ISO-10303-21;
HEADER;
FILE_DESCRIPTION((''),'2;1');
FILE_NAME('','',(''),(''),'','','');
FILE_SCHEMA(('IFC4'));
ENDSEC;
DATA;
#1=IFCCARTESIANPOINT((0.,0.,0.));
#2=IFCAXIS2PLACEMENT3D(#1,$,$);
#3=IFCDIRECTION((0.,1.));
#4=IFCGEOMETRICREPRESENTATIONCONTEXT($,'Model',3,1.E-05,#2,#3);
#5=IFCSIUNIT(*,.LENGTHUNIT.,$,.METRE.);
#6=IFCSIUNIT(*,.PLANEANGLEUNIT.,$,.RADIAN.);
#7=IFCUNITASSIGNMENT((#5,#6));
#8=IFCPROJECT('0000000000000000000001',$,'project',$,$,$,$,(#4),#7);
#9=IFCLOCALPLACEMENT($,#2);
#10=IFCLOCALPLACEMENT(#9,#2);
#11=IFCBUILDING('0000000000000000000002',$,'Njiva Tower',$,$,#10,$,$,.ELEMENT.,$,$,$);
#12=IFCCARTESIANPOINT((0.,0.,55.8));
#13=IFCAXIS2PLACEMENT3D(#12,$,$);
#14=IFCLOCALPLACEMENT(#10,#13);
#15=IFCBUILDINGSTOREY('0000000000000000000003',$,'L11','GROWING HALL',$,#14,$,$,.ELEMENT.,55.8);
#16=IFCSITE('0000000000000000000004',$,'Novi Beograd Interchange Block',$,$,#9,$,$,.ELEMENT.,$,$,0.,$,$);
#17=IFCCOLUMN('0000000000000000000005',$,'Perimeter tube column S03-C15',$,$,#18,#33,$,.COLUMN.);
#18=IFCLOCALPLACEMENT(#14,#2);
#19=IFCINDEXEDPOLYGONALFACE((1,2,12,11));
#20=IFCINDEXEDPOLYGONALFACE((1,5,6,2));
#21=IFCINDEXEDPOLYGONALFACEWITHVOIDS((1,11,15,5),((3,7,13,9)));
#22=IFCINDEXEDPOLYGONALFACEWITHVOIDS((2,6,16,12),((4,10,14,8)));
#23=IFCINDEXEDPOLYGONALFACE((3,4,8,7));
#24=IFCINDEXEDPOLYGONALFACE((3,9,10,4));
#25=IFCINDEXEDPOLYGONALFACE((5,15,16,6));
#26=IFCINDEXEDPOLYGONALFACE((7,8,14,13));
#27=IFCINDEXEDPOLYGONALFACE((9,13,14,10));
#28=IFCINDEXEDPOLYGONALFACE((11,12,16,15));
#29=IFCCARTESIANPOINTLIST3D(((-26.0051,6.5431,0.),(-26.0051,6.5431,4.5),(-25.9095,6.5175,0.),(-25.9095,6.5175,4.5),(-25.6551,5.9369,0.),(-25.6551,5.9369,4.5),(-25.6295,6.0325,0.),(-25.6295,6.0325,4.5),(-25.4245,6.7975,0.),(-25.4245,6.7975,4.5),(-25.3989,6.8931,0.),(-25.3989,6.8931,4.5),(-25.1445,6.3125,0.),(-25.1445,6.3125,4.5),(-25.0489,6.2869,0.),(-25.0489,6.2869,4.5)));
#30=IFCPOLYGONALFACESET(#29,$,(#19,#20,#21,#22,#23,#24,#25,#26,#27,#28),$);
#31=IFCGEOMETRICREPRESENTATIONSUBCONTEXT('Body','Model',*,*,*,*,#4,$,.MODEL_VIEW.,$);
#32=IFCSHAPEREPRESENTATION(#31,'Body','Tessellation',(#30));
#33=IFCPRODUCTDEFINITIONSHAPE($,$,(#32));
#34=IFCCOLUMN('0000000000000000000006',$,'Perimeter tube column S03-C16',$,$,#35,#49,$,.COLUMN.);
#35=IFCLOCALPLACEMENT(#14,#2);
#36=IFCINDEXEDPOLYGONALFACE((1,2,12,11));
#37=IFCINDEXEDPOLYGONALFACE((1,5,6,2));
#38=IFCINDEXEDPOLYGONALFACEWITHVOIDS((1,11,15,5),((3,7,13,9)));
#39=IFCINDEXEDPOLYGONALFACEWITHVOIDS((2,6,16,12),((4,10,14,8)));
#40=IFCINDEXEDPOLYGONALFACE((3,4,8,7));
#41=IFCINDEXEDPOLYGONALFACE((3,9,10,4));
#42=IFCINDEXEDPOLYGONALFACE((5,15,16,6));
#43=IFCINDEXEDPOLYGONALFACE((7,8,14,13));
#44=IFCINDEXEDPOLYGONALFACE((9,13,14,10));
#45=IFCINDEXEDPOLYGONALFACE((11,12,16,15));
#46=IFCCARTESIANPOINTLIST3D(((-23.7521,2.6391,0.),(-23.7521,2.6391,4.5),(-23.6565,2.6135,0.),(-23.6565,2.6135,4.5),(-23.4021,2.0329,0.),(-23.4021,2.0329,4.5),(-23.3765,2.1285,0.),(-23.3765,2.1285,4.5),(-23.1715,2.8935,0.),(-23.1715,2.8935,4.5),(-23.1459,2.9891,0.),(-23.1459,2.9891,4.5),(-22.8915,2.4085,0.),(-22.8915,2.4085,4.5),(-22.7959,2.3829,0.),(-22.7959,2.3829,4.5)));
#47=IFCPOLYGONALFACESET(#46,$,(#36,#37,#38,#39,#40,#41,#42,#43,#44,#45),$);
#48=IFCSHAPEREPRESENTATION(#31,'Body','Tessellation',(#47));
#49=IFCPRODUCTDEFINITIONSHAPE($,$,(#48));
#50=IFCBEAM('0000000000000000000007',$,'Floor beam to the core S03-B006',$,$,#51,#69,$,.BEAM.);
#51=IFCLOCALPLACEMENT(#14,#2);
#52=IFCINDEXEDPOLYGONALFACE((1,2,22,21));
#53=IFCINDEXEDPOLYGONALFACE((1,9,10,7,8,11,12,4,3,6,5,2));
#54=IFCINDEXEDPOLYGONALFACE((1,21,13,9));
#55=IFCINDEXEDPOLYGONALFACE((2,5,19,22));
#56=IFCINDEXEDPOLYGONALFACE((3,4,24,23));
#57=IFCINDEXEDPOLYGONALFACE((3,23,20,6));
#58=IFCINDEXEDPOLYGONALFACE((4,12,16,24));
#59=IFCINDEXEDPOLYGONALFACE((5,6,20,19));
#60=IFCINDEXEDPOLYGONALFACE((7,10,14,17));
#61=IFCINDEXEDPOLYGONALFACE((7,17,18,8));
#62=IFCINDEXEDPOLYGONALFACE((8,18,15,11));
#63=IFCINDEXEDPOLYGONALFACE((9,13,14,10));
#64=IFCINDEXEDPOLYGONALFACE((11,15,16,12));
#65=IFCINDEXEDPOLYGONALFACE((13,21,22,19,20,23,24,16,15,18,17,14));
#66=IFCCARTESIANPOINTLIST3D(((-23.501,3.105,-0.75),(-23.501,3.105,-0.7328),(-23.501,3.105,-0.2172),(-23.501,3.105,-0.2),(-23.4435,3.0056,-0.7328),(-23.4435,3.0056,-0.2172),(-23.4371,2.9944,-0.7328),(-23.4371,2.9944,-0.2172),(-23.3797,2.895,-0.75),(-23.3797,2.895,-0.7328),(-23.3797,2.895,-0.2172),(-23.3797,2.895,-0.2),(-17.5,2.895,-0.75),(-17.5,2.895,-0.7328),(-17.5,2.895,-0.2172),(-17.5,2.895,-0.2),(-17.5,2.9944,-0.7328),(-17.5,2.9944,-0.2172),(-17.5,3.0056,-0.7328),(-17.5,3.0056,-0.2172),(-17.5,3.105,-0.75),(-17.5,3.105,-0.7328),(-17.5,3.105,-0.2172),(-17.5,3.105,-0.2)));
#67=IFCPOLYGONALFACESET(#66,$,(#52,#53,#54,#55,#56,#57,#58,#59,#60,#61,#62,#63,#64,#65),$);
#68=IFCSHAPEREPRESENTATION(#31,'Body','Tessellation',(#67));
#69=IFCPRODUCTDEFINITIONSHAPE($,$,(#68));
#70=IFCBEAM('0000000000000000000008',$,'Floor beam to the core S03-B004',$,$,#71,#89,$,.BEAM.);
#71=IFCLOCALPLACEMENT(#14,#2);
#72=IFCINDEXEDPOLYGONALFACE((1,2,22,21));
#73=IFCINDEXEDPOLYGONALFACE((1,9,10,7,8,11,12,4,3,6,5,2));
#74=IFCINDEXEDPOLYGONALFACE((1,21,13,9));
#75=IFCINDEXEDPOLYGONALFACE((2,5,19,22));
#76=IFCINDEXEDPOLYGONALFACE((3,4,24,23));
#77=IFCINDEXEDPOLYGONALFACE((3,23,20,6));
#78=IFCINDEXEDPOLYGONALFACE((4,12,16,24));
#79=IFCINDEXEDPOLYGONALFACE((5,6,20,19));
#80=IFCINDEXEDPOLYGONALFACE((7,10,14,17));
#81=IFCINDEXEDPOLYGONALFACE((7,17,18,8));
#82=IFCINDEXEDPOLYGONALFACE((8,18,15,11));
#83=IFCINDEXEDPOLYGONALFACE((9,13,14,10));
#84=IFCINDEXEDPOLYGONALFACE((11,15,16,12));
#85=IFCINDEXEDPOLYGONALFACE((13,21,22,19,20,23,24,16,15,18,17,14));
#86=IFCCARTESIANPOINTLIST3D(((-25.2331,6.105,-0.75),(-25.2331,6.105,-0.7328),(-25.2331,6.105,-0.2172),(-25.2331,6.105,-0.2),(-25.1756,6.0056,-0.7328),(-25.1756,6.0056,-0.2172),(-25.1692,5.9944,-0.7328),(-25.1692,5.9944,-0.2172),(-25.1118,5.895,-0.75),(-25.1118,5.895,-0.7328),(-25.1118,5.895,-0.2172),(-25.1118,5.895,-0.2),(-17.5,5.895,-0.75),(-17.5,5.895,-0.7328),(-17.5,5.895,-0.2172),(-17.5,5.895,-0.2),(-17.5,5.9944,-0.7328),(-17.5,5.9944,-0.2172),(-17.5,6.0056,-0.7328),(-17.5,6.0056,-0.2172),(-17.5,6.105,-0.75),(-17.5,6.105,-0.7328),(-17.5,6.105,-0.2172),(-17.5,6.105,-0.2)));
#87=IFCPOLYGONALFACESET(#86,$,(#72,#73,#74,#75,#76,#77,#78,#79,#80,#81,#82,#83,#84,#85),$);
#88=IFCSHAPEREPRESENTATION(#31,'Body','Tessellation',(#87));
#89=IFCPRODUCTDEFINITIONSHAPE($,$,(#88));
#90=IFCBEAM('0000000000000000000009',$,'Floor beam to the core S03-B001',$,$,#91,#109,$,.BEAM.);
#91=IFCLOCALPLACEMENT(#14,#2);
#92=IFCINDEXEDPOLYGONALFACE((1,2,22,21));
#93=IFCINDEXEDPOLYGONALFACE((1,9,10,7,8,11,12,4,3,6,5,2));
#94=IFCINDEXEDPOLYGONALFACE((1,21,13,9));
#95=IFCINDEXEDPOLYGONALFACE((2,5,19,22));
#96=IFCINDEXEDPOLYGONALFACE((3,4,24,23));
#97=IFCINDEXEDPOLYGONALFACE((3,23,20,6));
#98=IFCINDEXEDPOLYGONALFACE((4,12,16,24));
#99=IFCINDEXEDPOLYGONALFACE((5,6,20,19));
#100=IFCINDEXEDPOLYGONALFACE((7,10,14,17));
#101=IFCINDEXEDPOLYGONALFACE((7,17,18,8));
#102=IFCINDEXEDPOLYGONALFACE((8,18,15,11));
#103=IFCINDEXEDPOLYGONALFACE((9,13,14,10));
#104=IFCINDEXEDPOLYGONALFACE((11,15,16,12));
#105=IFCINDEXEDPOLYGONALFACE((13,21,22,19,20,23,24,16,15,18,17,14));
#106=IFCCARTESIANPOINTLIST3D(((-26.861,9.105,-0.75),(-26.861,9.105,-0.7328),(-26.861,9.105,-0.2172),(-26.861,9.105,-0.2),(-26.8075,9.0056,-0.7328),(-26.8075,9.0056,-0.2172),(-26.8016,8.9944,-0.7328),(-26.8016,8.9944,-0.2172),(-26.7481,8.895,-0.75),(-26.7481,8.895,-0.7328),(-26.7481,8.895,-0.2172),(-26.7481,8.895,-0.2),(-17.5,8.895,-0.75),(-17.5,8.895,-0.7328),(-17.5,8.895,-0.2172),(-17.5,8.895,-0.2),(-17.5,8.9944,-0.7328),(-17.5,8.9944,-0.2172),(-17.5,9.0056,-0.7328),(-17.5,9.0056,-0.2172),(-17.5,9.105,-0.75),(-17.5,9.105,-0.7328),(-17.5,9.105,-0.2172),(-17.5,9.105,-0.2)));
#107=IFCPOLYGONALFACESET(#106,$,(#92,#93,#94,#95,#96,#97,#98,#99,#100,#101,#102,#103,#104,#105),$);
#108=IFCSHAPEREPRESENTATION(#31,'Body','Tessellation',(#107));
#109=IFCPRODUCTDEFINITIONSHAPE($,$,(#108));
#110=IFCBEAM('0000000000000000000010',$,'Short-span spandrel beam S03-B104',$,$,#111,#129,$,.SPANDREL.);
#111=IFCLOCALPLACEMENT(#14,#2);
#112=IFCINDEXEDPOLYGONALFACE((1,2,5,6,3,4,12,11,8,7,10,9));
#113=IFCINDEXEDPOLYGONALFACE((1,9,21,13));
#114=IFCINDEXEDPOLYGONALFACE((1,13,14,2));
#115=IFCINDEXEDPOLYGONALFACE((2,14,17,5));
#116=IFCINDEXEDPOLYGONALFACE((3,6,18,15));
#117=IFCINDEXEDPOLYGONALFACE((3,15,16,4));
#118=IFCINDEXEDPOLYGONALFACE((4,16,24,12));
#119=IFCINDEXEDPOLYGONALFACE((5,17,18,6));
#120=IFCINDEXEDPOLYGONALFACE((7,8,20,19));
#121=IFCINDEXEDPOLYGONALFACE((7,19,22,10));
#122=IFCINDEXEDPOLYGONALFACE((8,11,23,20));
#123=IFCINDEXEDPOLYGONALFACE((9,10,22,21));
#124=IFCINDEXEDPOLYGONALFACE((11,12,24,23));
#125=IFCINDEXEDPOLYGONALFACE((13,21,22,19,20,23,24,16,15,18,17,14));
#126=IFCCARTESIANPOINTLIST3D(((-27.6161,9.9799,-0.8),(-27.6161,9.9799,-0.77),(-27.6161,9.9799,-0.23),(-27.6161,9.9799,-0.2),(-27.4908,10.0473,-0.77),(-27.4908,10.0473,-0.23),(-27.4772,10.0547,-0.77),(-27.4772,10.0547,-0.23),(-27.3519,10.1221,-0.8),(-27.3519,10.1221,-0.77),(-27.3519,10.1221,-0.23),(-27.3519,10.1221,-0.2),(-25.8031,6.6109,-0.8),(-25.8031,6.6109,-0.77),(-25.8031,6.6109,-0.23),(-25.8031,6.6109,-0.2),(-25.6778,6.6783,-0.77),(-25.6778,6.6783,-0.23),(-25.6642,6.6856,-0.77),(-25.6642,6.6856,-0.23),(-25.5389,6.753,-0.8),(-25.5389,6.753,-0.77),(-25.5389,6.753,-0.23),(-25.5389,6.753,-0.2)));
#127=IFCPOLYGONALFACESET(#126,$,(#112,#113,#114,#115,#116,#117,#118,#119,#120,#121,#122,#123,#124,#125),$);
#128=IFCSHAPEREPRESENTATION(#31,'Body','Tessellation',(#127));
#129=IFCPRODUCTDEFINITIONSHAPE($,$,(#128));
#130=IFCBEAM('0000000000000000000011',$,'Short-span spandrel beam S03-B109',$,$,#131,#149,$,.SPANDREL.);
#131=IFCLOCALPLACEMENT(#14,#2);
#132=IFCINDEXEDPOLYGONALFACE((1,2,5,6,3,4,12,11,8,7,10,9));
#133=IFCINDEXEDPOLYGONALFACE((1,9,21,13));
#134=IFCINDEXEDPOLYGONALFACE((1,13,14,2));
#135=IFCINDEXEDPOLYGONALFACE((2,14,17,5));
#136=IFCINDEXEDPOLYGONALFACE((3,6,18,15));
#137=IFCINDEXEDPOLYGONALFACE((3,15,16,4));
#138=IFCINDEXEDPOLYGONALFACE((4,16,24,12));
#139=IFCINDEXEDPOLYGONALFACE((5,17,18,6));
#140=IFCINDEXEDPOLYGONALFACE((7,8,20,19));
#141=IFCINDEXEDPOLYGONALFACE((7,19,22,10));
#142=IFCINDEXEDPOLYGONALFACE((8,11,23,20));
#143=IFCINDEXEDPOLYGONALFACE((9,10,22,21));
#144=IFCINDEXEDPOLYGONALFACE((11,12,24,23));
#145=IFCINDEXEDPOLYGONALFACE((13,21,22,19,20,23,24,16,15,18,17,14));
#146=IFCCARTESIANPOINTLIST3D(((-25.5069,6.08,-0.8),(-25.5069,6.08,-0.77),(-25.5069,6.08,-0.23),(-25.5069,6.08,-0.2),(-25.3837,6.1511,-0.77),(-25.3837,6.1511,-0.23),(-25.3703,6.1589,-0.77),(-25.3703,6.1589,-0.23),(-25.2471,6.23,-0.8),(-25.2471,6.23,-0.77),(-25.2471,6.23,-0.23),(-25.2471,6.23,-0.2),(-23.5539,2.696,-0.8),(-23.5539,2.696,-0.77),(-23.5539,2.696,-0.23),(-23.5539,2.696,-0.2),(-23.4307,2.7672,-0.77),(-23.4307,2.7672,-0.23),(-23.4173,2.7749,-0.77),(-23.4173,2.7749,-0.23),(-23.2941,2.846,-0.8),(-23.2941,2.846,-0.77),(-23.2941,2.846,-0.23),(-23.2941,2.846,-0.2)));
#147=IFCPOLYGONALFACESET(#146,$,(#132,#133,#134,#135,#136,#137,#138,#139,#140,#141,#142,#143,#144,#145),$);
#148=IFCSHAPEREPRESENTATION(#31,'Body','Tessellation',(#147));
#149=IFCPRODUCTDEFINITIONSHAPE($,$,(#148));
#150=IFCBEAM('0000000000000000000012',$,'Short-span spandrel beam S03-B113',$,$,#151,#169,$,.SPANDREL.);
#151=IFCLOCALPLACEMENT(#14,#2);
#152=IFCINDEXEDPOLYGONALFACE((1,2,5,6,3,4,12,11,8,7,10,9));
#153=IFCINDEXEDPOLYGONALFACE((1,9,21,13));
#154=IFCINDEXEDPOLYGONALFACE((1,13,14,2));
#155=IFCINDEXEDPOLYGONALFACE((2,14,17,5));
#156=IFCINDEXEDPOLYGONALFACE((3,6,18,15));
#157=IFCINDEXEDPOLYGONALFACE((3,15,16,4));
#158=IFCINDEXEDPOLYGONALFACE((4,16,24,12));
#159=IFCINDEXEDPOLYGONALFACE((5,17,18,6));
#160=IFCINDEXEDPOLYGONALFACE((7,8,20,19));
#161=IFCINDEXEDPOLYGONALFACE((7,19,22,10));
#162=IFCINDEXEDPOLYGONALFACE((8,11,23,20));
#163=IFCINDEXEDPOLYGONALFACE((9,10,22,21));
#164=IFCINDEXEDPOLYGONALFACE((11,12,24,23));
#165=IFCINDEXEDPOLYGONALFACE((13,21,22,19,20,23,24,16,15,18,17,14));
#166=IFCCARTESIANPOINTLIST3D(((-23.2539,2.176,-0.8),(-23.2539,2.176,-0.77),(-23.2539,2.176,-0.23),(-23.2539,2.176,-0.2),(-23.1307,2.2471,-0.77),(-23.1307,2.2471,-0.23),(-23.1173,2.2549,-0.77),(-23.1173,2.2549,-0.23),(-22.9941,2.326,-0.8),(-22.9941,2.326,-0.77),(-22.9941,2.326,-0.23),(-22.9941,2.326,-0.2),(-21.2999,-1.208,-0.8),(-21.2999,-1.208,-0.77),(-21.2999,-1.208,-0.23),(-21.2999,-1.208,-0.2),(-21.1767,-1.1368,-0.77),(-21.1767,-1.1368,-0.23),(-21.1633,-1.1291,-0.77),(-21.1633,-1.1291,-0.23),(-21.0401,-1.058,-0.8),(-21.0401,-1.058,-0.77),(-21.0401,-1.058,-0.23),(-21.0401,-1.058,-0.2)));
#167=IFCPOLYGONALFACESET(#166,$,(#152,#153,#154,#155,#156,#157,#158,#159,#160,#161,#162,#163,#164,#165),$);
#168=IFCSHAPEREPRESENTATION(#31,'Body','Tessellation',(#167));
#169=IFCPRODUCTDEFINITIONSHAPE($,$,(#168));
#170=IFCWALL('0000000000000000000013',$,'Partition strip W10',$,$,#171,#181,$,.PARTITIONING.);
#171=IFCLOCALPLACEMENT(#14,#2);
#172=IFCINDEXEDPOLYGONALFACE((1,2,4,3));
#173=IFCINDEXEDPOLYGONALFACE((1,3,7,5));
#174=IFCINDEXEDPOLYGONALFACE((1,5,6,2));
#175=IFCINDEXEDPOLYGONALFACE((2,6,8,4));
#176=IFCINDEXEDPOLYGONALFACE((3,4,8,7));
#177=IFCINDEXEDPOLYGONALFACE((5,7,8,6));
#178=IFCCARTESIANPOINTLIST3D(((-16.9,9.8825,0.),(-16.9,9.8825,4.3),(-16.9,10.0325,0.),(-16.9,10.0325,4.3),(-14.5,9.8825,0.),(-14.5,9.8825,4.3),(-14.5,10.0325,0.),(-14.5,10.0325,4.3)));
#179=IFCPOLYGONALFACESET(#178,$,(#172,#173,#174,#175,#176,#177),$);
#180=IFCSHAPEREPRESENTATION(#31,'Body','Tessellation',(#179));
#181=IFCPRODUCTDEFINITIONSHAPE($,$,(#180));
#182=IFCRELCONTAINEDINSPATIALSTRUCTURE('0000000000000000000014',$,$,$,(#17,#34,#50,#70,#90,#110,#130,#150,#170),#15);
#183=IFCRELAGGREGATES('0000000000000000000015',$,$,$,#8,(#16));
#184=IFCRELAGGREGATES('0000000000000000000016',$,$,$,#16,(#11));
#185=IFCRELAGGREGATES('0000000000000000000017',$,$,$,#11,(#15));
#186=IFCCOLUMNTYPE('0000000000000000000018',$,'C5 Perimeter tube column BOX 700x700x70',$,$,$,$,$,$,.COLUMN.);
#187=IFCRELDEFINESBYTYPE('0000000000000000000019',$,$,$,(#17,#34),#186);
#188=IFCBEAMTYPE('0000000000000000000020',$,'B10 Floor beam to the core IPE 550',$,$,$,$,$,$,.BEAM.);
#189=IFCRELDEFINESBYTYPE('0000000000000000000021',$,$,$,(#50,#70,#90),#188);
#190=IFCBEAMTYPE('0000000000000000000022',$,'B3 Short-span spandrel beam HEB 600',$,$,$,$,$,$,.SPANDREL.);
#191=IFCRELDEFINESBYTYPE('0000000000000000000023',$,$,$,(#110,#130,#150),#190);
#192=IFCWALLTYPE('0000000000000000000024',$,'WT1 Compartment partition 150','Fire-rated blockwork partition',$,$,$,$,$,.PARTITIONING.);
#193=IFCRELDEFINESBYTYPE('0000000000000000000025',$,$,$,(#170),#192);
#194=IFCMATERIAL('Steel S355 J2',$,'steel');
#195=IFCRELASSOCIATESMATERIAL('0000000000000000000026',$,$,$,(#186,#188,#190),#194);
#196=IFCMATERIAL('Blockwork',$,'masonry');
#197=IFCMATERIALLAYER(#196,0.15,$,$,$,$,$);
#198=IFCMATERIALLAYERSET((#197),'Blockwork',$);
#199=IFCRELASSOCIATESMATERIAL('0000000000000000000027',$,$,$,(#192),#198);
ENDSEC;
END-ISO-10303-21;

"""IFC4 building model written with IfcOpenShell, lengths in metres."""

from ifc_helpers import new_model, si_unit, direction, frame, frame_2d, origin, origin_2d, place, context, subcontext, project, spatial, rectangle, hollow_rectangle, i_section, extrude, clip, halfspace, material, layer, layer_set, material_profile, profile_set, type_object, element, save


model = new_model("IFC4")

# Units and contexts
model_context = context("Model", 3, precision=1e-05, world=origin(), true_north=direction((0.0, 1.0)))
body_context = subcontext(model_context, "Body", "Model", "MODEL_VIEW")
ifc_project = project(units=[si_unit("LENGTHUNIT", "METRE"), si_unit("PLANEANGLEUNIT", "RADIAN")], contexts=[model_context])

# Site, building, storey
site_placement = place(None, origin())
site = spatial("IfcSite", under=ifc_project, at=site_placement, Name="Novi Beograd Interchange Block", CompositionType="ELEMENT", RefElevation=0.0)
building_placement = place(site_placement, origin())
building = spatial("IfcBuilding", under=site, at=building_placement, Name="Njiva Tower", CompositionType="ELEMENT")
storey_placement = place(building_placement, frame((0.0, 0.0, 55.8)))
storey = spatial("IfcBuildingStorey", under=building, at=storey_placement, Name="L11", Description="GROWING HALL", CompositionType="ELEMENT", Elevation=55.8)

# Columns
ifc_material_1 = material(Name="Steel S355 J2", Category="steel")
ifc_material_profile_1 = material_profile(ifc_material_1, hollow_rectangle(XDim=0.7, YDim=0.7, WallThickness=0.07, at=origin_2d()), Name="BOX 700x700x70")
ifc_profile_set_1 = profile_set([ifc_material_profile_1], Name="Steel S355 J2")
column_type = type_object("IfcColumnType", Name="C5 Perimeter tube column BOX 700x700x70", PredefinedType="COLUMN", material=ifc_profile_set_1)
for number, where, z_axis, x_axis, name in (
    (1, (-25.527, 6.415, 0.0), (0.0, 0.0, 1.0), (0.5, -0.866025, 0.0), "Perimeter tube column S03-C15"),
    (2, (-23.274, 2.511, 0.0), (0.0, 0.0, 1.0), (0.5, -0.866025, 0.0), "Perimeter tube column S03-C16"),
):
    element("IfcColumn", number, at=place(storey_placement, frame(where, z_axis=z_axis, x_axis=x_axis)), inside=storey, type_object=column_type, Name=name, PredefinedType="COLUMN", context=body_context, shape_type="SweptSolid", body=[
        extrude(hollow_rectangle(XDim=0.7, YDim=0.7, WallThickness=0.07, at=origin_2d()), origin(), (0.0, 0.0, 1.0), 4.5),
    ])

# Beams
ifc_material_profile_2 = material_profile(ifc_material_1, i_section(OverallWidth=0.21, OverallDepth=0.55, WebThickness=0.0111, FlangeThickness=0.0172, at=origin_2d()), Name="IPE 550")
ifc_profile_set_2 = profile_set([ifc_material_profile_2], Name="Steel S355 J2")
beam_type_1 = type_object("IfcBeamType", Name="B10 Floor beam to the core IPE 550", PredefinedType="BEAM", material=ifc_profile_set_2)
beam_1_placement = place(storey_placement, frame((-23.521, 3.0, -0.475), z_axis=(1.0, 0.0, 0.0), x_axis=(0.0, 1.0, 0.0)))
element("IfcBeam", 3, at=beam_1_placement, inside=storey, type_object=beam_type_1, Name="Floor beam to the core S03-B006", PredefinedType="BEAM", context=body_context, shape_type="Clipping", body=[
    clip(extrude(i_section(OverallWidth=0.21, OverallDepth=0.55, WebThickness=0.0111, FlangeThickness=0.0172, at=origin_2d()), origin(), (0.0, 0.0, 1.0), 6.021), halfspace(frame((-0.025, 0.0, 0.0951), z_axis=(-0.499998, 0.0, -0.866027), x_axis=(0.0, -1.0, 0.0)), False)),
])
beam_2_placement = place(storey_placement, frame((-25.253, 6.0, -0.475), z_axis=(1.0, 0.0, 0.0), x_axis=(0.0, 1.0, 0.0)))
element("IfcBeam", 4, at=beam_2_placement, inside=storey, type_object=beam_type_1, Name="Floor beam to the core S03-B004", PredefinedType="BEAM", context=body_context, shape_type="Clipping", body=[
    clip(extrude(i_section(OverallWidth=0.21, OverallDepth=0.55, WebThickness=0.0111, FlangeThickness=0.0172, at=origin_2d()), origin(), (0.0, 0.0, 1.0), 7.753), halfspace(frame((-0.025, 0.0, 0.095), z_axis=(-0.499998, 0.0, -0.866027), x_axis=(0.0, -1.0, 0.0)), False)),
])
beam_3_placement = place(storey_placement, frame((-26.881, 9.0, -0.475), z_axis=(1.0, 0.0, 0.0), x_axis=(0.0, 1.0, 0.0)))
element("IfcBeam", 5, at=beam_3_placement, inside=storey, type_object=beam_type_1, Name="Floor beam to the core S03-B001", PredefinedType="BEAM", context=body_context, shape_type="Clipping", body=[
    clip(extrude(i_section(OverallWidth=0.21, OverallDepth=0.55, WebThickness=0.0111, FlangeThickness=0.0172, at=origin_2d()), origin(), (0.0, 0.0, 1.0), 9.381), halfspace(frame((-0.0237, 0.0, 0.0892), z_axis=(-0.473769, 0.0, -0.880649), x_axis=(0.0, -1.0, 0.0)), False)),
])
ifc_material_profile_3 = material_profile(ifc_material_1, i_section(OverallWidth=0.3, OverallDepth=0.6, WebThickness=0.0155, FlangeThickness=0.03, at=origin_2d()), Name="HEB 600")
ifc_profile_set_3 = profile_set([ifc_material_profile_3], Name="Steel S355 J2")
beam_type_2 = type_object("IfcBeamType", Name="B3 Short-span spandrel beam HEB 600", PredefinedType="SPANDREL", material=ifc_profile_set_3)
beam_4_placement = place(storey_placement, frame((-27.484, 10.051, -0.5), z_axis=(0.473882, -0.880589, 0.0), x_axis=(0.880589, 0.473882, 0.0)))
element("IfcBeam", 6, at=beam_4_placement, inside=storey, type_object=beam_type_2, Name="Short-span spandrel beam S03-B104", PredefinedType="SPANDREL", context=body_context, shape_type="SweptSolid", body=[
    extrude(i_section(OverallWidth=0.3, OverallDepth=0.6, WebThickness=0.0155, FlangeThickness=0.03, at=origin_2d()), origin(), (0.0, 0.0, 1.0), 3.8259),
])
beam_5_placement = place(storey_placement, frame((-25.377, 6.155, -0.5), z_axis=(0.499855, -0.866109, 0.0), x_axis=(0.866109, 0.499855, 0.0)))
element("IfcBeam", 7, at=beam_5_placement, inside=storey, type_object=beam_type_2, Name="Short-span spandrel beam S03-B109", PredefinedType="SPANDREL", context=body_context, shape_type="SweptSolid", body=[
    extrude(i_section(OverallWidth=0.3, OverallDepth=0.6, WebThickness=0.0155, FlangeThickness=0.03, at=origin_2d()), origin(), (0.0, 0.0, 1.0), 3.9071),
])
beam_6_placement = place(storey_placement, frame((-23.124, 2.251, -0.5), z_axis=(0.500047, -0.865998, 0.0), x_axis=(0.865998, 0.500047, 0.0)))
element("IfcBeam", 8, at=beam_6_placement, inside=storey, type_object=beam_type_2, Name="Short-span spandrel beam S03-B113", PredefinedType="SPANDREL", context=body_context, shape_type="SweptSolid", body=[
    extrude(i_section(OverallWidth=0.3, OverallDepth=0.6, WebThickness=0.0155, FlangeThickness=0.03, at=origin_2d()), origin(), (0.0, 0.0, 1.0), 3.9076),
])

# Wall
ifc_material_2 = material(Name="Blockwork", Category="masonry")
ifc_layer_1 = layer(ifc_material_2, 0.15)
ifc_layer_set_1 = layer_set([ifc_layer_1], Name="Blockwork")
wall_type_1 = type_object("IfcWallType", Name="WT1 Compartment partition 150", Description="Fire-rated blockwork partition", PredefinedType="PARTITIONING", material=ifc_layer_set_1)
wall_1_placement = place(storey_placement, frame((-16.9, 9.9575, 0.0), z_axis=(0.0, 0.0, 1.0), x_axis=(1.0, 0.0, 0.0)))
element("IfcWall", 9, at=wall_1_placement, inside=storey, type_object=wall_type_1, Name="Partition strip W10", PredefinedType="PARTITIONING", context=body_context, shape_type="SweptSolid", body=[
    extrude(rectangle(XDim=2.4, YDim=0.15, at=frame_2d((1.2, 0.0))), origin(), (0.0, 0.0, 1.0), 4.3),
])

save(model, "model.ifc")
